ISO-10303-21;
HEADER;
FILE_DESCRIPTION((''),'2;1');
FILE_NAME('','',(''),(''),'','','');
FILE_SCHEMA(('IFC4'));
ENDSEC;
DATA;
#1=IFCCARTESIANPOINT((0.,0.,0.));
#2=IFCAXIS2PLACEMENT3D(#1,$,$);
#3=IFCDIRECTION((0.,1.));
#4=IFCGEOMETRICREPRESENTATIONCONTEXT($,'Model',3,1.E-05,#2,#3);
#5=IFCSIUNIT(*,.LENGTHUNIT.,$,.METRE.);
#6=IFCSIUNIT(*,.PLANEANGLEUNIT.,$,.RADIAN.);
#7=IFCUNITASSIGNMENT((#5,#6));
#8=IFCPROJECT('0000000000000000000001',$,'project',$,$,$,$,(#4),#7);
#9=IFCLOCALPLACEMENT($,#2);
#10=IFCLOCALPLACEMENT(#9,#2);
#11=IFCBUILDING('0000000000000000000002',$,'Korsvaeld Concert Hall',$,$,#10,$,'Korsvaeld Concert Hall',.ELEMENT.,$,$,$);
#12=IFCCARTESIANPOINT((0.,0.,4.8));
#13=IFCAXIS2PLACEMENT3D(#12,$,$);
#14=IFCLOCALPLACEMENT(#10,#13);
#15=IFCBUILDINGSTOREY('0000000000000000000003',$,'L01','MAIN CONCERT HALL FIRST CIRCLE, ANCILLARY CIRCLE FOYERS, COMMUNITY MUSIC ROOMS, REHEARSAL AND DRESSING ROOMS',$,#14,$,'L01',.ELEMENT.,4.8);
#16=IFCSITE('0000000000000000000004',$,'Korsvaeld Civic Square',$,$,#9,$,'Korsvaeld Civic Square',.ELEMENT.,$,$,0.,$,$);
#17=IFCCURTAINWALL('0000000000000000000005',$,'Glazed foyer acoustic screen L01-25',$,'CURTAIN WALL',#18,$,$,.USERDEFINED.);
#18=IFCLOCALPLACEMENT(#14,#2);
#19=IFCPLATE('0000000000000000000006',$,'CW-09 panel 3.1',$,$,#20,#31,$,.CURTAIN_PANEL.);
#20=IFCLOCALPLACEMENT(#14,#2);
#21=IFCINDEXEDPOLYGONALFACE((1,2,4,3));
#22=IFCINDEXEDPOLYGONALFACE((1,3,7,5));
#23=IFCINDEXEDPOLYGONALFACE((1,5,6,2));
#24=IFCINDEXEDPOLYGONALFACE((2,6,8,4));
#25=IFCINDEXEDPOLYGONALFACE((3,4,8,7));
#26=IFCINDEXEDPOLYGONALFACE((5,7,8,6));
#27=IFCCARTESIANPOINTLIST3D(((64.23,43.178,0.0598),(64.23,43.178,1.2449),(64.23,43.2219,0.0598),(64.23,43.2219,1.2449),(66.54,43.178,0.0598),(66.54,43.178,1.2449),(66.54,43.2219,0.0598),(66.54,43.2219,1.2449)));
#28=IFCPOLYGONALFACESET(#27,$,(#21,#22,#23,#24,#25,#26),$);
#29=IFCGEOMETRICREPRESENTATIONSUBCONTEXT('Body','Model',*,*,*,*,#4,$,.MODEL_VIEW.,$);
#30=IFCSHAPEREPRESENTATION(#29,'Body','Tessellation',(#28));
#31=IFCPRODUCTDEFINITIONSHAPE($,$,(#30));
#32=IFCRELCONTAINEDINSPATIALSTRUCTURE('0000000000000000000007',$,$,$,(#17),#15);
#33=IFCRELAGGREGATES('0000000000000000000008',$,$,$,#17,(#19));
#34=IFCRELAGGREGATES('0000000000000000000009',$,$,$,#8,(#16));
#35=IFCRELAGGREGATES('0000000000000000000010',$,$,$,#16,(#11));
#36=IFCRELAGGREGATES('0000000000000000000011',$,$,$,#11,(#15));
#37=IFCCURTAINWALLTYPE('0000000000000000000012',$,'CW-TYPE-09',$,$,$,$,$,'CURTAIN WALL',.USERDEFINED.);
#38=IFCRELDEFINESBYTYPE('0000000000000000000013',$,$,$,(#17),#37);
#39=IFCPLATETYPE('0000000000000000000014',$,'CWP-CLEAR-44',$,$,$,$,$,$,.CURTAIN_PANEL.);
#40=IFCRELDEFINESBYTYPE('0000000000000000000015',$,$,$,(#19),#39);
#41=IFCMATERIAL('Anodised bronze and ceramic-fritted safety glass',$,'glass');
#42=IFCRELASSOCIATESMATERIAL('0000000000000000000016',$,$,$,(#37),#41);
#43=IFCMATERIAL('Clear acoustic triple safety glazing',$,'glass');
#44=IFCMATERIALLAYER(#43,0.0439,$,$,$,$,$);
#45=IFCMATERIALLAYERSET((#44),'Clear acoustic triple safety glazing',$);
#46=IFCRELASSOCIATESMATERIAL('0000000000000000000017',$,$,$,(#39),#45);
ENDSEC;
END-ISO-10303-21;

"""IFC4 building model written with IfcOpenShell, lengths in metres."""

from ifc_helpers import new_model, si_unit, direction, frame, origin, origin_2d, place, context, subcontext, project, spatial, rectangle, extrude, material, layer, layer_set, type_object, element, aggregate, save


model = new_model("IFC4")

# Units and contexts
model_context = context("Model", 3, precision=1e-05, world=origin(), true_north=direction((0.0, 1.0)))
body_context = subcontext(model_context, "Body", "Model", "MODEL_VIEW")
ifc_project = project(units=[si_unit("LENGTHUNIT", "METRE"), si_unit("PLANEANGLEUNIT", "RADIAN")], contexts=[model_context])

# Site, building, storey
site_placement = place(None, origin())
site = spatial("IfcSite", under=ifc_project, at=site_placement, Name="Korsvaeld Civic Square", LongName="Korsvaeld Civic Square", CompositionType="ELEMENT", RefElevation=0.0)
building_placement = place(site_placement, origin())
building = spatial("IfcBuilding", under=site, at=building_placement, Name="Korsvaeld Concert Hall", LongName="Korsvaeld Concert Hall", CompositionType="ELEMENT")
storey_placement = place(building_placement, frame((0.0, 0.0, 4.8)))
storey = spatial("IfcBuildingStorey", under=building, at=storey_placement, Name="L01", Description="MAIN CONCERT HALL FIRST CIRCLE, ANCILLARY CIRCLE FOYERS, COMMUNITY MUSIC ROOMS, REHEARSAL AND DRESSING ROOMS", LongName="L01", CompositionType="ELEMENT", Elevation=4.8)

# Curtain wall, plate
ifc_material_1 = material(Name="Anodised bronze and ceramic-fritted safety glass", Category="glass")
curtain_wall_type = type_object("IfcCurtainWallType", Name="CW-TYPE-09", ElementType="CURTAIN WALL", PredefinedType="USERDEFINED", material=ifc_material_1)
curtain_wall_placement = place(storey_placement, origin())
curtain_wall = element("IfcCurtainWall", 1, at=curtain_wall_placement, inside=storey, type_object=curtain_wall_type, Name="Glazed foyer acoustic screen L01-25", ObjectType="CURTAIN WALL", PredefinedType="USERDEFINED")
ifc_material_2 = material(Name="Clear acoustic triple safety glazing", Category="glass")
ifc_layer = layer(ifc_material_2, 0.0439)
ifc_layer_set = layer_set([ifc_layer], Name="Clear acoustic triple safety glazing")
plate_type = type_object("IfcPlateType", Name="CWP-CLEAR-44", PredefinedType="CURTAIN_PANEL", material=ifc_layer_set)
plate_1_placement = place(storey_placement, frame((65.385, 43.2, 0.0598), z_axis=(0.0, 0.0, 1.0), x_axis=(1.0, 0.0, 0.0)))
plate_1 = element("IfcPlate", 2, at=plate_1_placement, type_object=plate_type, Name="CW-09 panel 3.1", PredefinedType="CURTAIN_PANEL", context=body_context, shape_type="SweptSolid", body=[
    extrude(rectangle(XDim=2.3101, YDim=0.0439, at=origin_2d()), origin(), (0.0, 0.0, 1.0), 1.1851),
])
aggregate(curtain_wall, [plate_1])

save(model, "model.ifc")
